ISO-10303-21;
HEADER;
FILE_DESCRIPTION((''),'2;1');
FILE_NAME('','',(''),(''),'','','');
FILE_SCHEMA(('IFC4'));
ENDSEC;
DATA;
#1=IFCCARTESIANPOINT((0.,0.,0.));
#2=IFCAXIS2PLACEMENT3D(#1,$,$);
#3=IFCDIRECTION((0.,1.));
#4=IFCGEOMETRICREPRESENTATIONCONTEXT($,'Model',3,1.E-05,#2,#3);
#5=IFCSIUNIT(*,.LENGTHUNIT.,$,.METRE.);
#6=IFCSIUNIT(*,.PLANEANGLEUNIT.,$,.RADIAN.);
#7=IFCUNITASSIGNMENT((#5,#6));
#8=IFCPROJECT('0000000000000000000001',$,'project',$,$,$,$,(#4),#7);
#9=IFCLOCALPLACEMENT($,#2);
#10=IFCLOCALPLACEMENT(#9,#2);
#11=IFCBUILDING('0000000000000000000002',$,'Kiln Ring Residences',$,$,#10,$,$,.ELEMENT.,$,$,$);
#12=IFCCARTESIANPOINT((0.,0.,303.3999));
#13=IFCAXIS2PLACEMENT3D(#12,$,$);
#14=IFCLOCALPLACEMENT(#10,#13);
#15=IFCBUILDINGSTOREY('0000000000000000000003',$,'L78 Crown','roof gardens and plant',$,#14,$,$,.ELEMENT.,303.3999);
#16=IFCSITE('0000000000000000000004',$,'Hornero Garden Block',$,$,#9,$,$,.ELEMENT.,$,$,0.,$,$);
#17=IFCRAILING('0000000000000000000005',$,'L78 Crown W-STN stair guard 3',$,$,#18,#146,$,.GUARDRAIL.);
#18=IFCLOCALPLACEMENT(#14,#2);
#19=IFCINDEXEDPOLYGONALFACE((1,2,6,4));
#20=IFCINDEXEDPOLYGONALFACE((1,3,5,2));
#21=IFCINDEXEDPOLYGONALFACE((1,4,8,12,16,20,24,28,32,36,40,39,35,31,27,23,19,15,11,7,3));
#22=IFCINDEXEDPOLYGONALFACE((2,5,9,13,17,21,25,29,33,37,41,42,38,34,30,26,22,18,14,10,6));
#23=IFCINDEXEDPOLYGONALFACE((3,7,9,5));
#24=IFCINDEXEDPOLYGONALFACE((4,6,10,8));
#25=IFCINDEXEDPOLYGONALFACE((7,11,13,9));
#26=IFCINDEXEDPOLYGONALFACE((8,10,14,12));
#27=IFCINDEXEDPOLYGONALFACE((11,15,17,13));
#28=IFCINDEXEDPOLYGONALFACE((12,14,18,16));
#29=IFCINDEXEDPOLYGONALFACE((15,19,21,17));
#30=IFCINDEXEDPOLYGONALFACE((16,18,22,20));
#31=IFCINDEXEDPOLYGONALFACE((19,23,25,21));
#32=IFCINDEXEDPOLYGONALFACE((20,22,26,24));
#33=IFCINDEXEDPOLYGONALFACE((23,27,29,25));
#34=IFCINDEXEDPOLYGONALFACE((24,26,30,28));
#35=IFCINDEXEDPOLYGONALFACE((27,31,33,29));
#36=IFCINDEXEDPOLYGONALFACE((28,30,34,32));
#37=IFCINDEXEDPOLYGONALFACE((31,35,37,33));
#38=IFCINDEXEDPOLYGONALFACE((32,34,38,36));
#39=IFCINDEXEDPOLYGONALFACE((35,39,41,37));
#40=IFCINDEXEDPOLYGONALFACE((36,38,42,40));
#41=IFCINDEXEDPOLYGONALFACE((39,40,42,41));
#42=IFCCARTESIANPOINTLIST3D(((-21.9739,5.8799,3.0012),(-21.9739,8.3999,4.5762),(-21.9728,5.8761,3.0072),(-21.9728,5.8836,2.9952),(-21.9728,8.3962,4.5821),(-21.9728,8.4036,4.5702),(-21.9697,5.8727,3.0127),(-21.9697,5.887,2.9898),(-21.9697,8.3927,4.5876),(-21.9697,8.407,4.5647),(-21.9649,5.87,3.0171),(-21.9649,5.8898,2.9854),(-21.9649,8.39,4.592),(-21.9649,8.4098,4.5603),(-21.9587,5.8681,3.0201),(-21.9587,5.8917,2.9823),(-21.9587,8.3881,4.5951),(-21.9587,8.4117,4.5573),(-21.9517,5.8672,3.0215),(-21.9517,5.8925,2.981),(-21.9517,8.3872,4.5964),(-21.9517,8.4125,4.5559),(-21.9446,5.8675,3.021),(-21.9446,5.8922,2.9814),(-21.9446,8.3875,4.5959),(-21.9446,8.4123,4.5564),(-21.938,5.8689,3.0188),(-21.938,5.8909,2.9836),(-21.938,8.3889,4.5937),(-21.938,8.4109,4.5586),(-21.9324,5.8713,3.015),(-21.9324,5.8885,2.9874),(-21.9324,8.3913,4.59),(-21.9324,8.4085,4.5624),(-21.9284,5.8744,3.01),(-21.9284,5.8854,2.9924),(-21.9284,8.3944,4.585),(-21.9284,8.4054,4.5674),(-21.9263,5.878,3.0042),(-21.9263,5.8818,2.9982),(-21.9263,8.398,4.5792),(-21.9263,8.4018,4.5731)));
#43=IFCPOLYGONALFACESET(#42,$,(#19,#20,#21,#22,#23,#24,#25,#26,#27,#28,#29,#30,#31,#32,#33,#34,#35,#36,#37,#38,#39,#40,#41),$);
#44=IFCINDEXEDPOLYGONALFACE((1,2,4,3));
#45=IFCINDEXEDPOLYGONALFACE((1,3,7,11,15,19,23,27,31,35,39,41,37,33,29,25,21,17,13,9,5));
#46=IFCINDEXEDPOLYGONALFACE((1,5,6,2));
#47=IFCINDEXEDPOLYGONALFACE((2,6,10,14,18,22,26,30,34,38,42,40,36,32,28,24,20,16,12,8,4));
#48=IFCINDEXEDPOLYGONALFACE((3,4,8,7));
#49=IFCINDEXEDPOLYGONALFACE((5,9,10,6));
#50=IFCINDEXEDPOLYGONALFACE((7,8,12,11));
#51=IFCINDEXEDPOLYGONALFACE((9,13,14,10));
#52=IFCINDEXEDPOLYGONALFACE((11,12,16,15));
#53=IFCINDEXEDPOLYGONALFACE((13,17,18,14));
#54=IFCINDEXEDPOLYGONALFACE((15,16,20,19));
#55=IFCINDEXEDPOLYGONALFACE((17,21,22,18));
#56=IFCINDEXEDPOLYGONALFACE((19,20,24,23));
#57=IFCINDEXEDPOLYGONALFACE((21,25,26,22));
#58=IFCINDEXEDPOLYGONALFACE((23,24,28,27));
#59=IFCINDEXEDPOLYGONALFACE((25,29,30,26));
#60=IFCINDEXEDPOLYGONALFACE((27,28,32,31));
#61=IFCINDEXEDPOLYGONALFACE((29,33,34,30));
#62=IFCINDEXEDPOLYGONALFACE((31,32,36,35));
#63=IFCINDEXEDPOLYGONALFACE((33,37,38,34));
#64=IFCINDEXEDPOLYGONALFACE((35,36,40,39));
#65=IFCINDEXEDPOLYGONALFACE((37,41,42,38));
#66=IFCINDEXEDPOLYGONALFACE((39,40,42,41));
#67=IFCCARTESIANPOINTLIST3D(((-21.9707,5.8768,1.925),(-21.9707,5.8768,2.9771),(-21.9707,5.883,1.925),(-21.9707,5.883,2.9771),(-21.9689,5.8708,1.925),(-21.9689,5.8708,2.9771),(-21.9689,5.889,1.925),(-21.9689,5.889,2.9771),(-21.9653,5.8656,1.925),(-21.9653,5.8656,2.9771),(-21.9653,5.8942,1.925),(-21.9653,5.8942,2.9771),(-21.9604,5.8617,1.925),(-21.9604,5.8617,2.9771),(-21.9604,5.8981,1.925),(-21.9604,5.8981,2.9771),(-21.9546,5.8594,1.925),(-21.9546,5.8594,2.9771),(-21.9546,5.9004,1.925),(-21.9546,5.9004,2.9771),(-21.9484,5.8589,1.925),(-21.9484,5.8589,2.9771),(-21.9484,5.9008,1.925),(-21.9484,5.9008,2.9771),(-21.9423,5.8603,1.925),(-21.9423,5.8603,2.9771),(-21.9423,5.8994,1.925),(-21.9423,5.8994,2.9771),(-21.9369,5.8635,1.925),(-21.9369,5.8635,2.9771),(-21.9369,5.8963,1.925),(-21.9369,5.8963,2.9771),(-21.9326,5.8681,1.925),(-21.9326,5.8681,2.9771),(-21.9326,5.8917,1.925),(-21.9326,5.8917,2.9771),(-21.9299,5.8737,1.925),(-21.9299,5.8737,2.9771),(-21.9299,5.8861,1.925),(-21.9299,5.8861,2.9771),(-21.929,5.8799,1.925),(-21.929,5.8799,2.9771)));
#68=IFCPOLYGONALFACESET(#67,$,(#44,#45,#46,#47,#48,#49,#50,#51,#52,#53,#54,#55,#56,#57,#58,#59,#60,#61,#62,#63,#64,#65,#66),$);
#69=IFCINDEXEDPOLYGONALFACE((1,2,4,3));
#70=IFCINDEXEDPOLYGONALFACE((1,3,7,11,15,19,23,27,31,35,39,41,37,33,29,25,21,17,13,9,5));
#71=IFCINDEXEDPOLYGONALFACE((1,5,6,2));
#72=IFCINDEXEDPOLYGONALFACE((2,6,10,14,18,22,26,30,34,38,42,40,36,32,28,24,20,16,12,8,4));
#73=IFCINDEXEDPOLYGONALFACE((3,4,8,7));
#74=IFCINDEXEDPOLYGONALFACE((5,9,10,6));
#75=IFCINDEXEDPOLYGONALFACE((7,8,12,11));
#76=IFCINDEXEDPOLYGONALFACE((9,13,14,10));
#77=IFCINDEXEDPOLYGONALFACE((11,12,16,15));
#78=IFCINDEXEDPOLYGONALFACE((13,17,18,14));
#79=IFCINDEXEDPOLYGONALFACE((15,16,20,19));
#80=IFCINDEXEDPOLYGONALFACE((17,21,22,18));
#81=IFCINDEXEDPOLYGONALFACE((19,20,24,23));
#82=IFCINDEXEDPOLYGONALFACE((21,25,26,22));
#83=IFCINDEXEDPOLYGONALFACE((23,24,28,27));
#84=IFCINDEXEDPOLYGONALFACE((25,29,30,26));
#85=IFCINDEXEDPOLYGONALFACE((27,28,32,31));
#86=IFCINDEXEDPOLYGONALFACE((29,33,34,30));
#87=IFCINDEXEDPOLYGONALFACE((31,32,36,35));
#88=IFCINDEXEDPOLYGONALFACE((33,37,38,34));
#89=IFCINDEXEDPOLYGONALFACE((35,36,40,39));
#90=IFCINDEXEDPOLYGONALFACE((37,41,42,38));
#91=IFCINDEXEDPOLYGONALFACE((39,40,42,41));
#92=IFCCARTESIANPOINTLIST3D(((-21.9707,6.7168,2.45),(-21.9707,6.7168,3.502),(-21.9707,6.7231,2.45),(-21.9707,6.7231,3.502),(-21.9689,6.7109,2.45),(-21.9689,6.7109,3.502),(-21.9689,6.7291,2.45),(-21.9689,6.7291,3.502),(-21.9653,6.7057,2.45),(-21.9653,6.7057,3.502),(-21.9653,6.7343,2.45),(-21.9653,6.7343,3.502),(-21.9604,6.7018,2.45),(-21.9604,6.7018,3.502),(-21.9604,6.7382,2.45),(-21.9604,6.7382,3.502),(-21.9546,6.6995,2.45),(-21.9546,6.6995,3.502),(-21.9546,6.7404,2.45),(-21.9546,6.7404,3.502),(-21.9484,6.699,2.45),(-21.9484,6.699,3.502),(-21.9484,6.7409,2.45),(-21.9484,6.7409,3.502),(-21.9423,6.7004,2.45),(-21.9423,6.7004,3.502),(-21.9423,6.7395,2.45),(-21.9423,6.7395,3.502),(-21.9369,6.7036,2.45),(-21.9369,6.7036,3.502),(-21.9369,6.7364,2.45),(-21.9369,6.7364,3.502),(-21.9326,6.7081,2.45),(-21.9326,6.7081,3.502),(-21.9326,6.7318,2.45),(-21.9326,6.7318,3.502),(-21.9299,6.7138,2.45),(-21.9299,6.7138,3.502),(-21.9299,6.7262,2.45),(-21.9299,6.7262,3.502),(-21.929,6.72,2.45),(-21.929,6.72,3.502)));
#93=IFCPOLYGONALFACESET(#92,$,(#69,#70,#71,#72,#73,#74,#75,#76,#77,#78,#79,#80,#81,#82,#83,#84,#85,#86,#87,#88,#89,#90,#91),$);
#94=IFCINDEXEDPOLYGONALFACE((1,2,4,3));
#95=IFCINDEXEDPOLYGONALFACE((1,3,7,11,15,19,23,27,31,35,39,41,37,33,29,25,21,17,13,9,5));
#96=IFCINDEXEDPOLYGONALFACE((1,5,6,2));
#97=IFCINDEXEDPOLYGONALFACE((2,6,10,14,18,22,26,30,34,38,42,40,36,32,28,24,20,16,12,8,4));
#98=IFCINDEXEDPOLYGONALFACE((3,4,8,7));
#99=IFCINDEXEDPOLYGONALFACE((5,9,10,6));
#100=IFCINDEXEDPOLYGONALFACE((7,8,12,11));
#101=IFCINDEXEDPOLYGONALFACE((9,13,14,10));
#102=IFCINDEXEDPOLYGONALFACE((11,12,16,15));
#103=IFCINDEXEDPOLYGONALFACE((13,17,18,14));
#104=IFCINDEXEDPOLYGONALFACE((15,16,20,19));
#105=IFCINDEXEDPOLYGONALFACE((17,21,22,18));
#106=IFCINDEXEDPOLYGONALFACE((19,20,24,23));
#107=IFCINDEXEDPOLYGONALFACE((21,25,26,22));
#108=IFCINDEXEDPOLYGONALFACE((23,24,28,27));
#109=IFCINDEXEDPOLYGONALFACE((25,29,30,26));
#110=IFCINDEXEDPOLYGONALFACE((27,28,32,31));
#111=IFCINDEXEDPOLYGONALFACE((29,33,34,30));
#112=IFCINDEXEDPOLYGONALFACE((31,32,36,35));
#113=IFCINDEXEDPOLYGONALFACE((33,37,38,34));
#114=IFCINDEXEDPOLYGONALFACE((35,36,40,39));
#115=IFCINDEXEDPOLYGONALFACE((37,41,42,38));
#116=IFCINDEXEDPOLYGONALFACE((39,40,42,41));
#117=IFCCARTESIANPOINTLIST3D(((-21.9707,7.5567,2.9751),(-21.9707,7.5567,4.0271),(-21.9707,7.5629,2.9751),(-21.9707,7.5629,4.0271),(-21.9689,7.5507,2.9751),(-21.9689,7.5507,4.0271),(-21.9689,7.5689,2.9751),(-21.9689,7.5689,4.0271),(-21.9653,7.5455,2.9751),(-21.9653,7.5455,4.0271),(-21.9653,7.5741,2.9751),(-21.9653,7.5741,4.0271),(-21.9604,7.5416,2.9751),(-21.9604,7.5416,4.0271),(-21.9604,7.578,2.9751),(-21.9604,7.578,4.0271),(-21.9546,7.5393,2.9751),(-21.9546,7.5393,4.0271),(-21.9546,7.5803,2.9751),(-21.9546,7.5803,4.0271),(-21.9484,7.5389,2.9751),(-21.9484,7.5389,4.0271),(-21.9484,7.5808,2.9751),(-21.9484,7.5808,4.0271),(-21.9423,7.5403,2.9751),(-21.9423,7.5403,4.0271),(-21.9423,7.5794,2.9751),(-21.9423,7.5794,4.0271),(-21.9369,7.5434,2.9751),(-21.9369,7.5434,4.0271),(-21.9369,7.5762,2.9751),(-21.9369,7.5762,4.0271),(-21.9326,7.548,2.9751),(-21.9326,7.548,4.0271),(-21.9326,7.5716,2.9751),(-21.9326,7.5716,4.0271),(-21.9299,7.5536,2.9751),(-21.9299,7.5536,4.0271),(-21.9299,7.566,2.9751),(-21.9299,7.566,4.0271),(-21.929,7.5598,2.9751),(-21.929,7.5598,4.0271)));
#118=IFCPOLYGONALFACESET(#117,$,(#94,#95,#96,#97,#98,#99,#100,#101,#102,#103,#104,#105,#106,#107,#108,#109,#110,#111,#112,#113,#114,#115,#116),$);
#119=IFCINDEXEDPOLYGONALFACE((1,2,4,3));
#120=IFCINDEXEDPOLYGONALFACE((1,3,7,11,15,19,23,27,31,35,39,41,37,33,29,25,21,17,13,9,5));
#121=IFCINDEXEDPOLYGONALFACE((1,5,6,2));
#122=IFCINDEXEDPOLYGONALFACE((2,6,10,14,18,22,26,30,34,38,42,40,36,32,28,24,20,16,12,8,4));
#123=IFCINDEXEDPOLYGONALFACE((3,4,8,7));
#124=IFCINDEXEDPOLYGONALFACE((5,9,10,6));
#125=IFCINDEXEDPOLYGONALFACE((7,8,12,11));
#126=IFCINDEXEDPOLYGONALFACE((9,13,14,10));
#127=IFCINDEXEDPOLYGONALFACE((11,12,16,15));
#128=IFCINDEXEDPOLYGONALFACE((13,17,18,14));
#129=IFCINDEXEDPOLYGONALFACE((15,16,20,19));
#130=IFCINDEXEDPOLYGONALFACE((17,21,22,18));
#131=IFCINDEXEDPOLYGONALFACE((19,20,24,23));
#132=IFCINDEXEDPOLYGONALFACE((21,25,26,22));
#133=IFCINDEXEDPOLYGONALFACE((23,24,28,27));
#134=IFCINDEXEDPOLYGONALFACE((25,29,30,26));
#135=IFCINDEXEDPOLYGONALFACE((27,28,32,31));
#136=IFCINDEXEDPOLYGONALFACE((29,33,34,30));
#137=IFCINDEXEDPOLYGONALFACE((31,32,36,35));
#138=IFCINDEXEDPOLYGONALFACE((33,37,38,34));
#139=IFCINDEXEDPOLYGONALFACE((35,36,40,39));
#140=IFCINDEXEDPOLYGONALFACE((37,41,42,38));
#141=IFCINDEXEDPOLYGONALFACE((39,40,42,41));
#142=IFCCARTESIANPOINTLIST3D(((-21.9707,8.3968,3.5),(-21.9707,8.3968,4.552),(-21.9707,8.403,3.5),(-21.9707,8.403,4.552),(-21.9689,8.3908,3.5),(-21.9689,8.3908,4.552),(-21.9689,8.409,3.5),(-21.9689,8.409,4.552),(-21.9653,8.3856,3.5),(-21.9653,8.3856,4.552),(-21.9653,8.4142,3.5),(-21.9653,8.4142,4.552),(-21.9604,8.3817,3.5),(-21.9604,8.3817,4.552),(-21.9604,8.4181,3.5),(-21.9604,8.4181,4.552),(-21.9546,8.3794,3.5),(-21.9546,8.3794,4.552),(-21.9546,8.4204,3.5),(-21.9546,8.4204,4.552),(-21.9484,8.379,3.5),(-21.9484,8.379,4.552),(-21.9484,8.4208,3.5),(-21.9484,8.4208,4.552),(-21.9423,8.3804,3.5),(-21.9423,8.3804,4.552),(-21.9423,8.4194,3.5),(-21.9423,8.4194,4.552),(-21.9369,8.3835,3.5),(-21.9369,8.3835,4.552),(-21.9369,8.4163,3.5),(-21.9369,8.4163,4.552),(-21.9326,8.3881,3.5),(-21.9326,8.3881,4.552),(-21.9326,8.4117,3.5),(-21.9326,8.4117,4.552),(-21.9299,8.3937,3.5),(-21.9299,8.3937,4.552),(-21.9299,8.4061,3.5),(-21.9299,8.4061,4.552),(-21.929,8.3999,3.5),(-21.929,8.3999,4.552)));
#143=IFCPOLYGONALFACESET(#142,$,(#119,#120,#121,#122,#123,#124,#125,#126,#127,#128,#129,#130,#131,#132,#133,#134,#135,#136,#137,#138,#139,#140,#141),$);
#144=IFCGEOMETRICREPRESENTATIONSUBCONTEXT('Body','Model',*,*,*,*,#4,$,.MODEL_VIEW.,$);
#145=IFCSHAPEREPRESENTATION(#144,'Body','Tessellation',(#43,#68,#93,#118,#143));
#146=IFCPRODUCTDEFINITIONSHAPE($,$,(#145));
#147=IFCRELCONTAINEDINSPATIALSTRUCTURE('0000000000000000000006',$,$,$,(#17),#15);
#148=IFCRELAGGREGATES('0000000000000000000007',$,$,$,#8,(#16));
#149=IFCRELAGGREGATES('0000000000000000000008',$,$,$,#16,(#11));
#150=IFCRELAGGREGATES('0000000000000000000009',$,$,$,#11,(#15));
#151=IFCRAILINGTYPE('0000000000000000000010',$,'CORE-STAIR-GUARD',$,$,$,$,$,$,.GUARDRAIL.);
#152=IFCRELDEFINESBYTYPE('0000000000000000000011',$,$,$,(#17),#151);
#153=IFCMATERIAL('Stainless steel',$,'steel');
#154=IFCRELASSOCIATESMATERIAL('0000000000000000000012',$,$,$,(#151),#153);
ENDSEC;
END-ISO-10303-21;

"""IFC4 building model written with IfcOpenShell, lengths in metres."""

from ifc_helpers import new_model, si_unit, direction, frame, origin, origin_2d, place, context, subcontext, project, spatial, circle, extrude, material, type_object, element, save


model = new_model("IFC4")

# Units and contexts
model_context = context("Model", 3, precision=1e-05, world=origin(), true_north=direction((0.0, 1.0)))
body_context = subcontext(model_context, "Body", "Model", "MODEL_VIEW")
ifc_project = project(units=[si_unit("LENGTHUNIT", "METRE"), si_unit("PLANEANGLEUNIT", "RADIAN")], contexts=[model_context])

# Site, building, storey
site_placement = place(None, origin())
site = spatial("IfcSite", under=ifc_project, at=site_placement, Name="Hornero Garden Block", CompositionType="ELEMENT", RefElevation=0.0)
building_placement = place(site_placement, origin())
building = spatial("IfcBuilding", under=site, at=building_placement, Name="Kiln Ring Residences", CompositionType="ELEMENT")
storey_placement = place(building_placement, frame((0.0, 0.0, 303.3999)))
storey = spatial("IfcBuildingStorey", under=building, at=storey_placement, Name="L78 Crown", Description="roof gardens and plant", CompositionType="ELEMENT", Elevation=303.3999)

# Railing
ifc_material_1 = material(Name="Stainless steel", Category="steel")
railing_type_1 = type_object("IfcRailingType", Name="CORE-STAIR-GUARD", PredefinedType="GUARDRAIL", material=ifc_material_1)
railing_1_placement = place(storey_placement, frame((-21.95, 5.8799, 1.925)))
element("IfcRailing", 1, at=railing_1_placement, inside=storey, type_object=railing_type_1, Name="L78 Crown W-STN stair guard 3", PredefinedType="GUARDRAIL", context=body_context, shape_type="SweptSolid", body=[
    extrude(circle(Radius=0.0239, at=origin_2d()), frame((0.0, 0.0, 1.0762), z_axis=(0.0, 0.848008, 0.529984), x_axis=(-1.0, 0.0, 0.0)), (0.0, 0.0, 1.0), 2.9717),
    extrude(circle(Radius=0.021, at=origin_2d()), origin(), (0.0, 0.0, 1.0), 1.052),
    extrude(circle(Radius=0.021, at=origin_2d()), frame((0.0, 0.8401, 0.5249)), (0.0, 0.0, 1.0), 1.052),
    extrude(circle(Radius=0.021, at=origin_2d()), frame((0.0, 1.6799, 1.05)), (0.0, 0.0, 1.0), 1.052),
    extrude(circle(Radius=0.021, at=origin_2d()), frame((0.0, 2.52, 1.575)), (0.0, 0.0, 1.0), 1.052),
])

save(model, "model.ifc")
